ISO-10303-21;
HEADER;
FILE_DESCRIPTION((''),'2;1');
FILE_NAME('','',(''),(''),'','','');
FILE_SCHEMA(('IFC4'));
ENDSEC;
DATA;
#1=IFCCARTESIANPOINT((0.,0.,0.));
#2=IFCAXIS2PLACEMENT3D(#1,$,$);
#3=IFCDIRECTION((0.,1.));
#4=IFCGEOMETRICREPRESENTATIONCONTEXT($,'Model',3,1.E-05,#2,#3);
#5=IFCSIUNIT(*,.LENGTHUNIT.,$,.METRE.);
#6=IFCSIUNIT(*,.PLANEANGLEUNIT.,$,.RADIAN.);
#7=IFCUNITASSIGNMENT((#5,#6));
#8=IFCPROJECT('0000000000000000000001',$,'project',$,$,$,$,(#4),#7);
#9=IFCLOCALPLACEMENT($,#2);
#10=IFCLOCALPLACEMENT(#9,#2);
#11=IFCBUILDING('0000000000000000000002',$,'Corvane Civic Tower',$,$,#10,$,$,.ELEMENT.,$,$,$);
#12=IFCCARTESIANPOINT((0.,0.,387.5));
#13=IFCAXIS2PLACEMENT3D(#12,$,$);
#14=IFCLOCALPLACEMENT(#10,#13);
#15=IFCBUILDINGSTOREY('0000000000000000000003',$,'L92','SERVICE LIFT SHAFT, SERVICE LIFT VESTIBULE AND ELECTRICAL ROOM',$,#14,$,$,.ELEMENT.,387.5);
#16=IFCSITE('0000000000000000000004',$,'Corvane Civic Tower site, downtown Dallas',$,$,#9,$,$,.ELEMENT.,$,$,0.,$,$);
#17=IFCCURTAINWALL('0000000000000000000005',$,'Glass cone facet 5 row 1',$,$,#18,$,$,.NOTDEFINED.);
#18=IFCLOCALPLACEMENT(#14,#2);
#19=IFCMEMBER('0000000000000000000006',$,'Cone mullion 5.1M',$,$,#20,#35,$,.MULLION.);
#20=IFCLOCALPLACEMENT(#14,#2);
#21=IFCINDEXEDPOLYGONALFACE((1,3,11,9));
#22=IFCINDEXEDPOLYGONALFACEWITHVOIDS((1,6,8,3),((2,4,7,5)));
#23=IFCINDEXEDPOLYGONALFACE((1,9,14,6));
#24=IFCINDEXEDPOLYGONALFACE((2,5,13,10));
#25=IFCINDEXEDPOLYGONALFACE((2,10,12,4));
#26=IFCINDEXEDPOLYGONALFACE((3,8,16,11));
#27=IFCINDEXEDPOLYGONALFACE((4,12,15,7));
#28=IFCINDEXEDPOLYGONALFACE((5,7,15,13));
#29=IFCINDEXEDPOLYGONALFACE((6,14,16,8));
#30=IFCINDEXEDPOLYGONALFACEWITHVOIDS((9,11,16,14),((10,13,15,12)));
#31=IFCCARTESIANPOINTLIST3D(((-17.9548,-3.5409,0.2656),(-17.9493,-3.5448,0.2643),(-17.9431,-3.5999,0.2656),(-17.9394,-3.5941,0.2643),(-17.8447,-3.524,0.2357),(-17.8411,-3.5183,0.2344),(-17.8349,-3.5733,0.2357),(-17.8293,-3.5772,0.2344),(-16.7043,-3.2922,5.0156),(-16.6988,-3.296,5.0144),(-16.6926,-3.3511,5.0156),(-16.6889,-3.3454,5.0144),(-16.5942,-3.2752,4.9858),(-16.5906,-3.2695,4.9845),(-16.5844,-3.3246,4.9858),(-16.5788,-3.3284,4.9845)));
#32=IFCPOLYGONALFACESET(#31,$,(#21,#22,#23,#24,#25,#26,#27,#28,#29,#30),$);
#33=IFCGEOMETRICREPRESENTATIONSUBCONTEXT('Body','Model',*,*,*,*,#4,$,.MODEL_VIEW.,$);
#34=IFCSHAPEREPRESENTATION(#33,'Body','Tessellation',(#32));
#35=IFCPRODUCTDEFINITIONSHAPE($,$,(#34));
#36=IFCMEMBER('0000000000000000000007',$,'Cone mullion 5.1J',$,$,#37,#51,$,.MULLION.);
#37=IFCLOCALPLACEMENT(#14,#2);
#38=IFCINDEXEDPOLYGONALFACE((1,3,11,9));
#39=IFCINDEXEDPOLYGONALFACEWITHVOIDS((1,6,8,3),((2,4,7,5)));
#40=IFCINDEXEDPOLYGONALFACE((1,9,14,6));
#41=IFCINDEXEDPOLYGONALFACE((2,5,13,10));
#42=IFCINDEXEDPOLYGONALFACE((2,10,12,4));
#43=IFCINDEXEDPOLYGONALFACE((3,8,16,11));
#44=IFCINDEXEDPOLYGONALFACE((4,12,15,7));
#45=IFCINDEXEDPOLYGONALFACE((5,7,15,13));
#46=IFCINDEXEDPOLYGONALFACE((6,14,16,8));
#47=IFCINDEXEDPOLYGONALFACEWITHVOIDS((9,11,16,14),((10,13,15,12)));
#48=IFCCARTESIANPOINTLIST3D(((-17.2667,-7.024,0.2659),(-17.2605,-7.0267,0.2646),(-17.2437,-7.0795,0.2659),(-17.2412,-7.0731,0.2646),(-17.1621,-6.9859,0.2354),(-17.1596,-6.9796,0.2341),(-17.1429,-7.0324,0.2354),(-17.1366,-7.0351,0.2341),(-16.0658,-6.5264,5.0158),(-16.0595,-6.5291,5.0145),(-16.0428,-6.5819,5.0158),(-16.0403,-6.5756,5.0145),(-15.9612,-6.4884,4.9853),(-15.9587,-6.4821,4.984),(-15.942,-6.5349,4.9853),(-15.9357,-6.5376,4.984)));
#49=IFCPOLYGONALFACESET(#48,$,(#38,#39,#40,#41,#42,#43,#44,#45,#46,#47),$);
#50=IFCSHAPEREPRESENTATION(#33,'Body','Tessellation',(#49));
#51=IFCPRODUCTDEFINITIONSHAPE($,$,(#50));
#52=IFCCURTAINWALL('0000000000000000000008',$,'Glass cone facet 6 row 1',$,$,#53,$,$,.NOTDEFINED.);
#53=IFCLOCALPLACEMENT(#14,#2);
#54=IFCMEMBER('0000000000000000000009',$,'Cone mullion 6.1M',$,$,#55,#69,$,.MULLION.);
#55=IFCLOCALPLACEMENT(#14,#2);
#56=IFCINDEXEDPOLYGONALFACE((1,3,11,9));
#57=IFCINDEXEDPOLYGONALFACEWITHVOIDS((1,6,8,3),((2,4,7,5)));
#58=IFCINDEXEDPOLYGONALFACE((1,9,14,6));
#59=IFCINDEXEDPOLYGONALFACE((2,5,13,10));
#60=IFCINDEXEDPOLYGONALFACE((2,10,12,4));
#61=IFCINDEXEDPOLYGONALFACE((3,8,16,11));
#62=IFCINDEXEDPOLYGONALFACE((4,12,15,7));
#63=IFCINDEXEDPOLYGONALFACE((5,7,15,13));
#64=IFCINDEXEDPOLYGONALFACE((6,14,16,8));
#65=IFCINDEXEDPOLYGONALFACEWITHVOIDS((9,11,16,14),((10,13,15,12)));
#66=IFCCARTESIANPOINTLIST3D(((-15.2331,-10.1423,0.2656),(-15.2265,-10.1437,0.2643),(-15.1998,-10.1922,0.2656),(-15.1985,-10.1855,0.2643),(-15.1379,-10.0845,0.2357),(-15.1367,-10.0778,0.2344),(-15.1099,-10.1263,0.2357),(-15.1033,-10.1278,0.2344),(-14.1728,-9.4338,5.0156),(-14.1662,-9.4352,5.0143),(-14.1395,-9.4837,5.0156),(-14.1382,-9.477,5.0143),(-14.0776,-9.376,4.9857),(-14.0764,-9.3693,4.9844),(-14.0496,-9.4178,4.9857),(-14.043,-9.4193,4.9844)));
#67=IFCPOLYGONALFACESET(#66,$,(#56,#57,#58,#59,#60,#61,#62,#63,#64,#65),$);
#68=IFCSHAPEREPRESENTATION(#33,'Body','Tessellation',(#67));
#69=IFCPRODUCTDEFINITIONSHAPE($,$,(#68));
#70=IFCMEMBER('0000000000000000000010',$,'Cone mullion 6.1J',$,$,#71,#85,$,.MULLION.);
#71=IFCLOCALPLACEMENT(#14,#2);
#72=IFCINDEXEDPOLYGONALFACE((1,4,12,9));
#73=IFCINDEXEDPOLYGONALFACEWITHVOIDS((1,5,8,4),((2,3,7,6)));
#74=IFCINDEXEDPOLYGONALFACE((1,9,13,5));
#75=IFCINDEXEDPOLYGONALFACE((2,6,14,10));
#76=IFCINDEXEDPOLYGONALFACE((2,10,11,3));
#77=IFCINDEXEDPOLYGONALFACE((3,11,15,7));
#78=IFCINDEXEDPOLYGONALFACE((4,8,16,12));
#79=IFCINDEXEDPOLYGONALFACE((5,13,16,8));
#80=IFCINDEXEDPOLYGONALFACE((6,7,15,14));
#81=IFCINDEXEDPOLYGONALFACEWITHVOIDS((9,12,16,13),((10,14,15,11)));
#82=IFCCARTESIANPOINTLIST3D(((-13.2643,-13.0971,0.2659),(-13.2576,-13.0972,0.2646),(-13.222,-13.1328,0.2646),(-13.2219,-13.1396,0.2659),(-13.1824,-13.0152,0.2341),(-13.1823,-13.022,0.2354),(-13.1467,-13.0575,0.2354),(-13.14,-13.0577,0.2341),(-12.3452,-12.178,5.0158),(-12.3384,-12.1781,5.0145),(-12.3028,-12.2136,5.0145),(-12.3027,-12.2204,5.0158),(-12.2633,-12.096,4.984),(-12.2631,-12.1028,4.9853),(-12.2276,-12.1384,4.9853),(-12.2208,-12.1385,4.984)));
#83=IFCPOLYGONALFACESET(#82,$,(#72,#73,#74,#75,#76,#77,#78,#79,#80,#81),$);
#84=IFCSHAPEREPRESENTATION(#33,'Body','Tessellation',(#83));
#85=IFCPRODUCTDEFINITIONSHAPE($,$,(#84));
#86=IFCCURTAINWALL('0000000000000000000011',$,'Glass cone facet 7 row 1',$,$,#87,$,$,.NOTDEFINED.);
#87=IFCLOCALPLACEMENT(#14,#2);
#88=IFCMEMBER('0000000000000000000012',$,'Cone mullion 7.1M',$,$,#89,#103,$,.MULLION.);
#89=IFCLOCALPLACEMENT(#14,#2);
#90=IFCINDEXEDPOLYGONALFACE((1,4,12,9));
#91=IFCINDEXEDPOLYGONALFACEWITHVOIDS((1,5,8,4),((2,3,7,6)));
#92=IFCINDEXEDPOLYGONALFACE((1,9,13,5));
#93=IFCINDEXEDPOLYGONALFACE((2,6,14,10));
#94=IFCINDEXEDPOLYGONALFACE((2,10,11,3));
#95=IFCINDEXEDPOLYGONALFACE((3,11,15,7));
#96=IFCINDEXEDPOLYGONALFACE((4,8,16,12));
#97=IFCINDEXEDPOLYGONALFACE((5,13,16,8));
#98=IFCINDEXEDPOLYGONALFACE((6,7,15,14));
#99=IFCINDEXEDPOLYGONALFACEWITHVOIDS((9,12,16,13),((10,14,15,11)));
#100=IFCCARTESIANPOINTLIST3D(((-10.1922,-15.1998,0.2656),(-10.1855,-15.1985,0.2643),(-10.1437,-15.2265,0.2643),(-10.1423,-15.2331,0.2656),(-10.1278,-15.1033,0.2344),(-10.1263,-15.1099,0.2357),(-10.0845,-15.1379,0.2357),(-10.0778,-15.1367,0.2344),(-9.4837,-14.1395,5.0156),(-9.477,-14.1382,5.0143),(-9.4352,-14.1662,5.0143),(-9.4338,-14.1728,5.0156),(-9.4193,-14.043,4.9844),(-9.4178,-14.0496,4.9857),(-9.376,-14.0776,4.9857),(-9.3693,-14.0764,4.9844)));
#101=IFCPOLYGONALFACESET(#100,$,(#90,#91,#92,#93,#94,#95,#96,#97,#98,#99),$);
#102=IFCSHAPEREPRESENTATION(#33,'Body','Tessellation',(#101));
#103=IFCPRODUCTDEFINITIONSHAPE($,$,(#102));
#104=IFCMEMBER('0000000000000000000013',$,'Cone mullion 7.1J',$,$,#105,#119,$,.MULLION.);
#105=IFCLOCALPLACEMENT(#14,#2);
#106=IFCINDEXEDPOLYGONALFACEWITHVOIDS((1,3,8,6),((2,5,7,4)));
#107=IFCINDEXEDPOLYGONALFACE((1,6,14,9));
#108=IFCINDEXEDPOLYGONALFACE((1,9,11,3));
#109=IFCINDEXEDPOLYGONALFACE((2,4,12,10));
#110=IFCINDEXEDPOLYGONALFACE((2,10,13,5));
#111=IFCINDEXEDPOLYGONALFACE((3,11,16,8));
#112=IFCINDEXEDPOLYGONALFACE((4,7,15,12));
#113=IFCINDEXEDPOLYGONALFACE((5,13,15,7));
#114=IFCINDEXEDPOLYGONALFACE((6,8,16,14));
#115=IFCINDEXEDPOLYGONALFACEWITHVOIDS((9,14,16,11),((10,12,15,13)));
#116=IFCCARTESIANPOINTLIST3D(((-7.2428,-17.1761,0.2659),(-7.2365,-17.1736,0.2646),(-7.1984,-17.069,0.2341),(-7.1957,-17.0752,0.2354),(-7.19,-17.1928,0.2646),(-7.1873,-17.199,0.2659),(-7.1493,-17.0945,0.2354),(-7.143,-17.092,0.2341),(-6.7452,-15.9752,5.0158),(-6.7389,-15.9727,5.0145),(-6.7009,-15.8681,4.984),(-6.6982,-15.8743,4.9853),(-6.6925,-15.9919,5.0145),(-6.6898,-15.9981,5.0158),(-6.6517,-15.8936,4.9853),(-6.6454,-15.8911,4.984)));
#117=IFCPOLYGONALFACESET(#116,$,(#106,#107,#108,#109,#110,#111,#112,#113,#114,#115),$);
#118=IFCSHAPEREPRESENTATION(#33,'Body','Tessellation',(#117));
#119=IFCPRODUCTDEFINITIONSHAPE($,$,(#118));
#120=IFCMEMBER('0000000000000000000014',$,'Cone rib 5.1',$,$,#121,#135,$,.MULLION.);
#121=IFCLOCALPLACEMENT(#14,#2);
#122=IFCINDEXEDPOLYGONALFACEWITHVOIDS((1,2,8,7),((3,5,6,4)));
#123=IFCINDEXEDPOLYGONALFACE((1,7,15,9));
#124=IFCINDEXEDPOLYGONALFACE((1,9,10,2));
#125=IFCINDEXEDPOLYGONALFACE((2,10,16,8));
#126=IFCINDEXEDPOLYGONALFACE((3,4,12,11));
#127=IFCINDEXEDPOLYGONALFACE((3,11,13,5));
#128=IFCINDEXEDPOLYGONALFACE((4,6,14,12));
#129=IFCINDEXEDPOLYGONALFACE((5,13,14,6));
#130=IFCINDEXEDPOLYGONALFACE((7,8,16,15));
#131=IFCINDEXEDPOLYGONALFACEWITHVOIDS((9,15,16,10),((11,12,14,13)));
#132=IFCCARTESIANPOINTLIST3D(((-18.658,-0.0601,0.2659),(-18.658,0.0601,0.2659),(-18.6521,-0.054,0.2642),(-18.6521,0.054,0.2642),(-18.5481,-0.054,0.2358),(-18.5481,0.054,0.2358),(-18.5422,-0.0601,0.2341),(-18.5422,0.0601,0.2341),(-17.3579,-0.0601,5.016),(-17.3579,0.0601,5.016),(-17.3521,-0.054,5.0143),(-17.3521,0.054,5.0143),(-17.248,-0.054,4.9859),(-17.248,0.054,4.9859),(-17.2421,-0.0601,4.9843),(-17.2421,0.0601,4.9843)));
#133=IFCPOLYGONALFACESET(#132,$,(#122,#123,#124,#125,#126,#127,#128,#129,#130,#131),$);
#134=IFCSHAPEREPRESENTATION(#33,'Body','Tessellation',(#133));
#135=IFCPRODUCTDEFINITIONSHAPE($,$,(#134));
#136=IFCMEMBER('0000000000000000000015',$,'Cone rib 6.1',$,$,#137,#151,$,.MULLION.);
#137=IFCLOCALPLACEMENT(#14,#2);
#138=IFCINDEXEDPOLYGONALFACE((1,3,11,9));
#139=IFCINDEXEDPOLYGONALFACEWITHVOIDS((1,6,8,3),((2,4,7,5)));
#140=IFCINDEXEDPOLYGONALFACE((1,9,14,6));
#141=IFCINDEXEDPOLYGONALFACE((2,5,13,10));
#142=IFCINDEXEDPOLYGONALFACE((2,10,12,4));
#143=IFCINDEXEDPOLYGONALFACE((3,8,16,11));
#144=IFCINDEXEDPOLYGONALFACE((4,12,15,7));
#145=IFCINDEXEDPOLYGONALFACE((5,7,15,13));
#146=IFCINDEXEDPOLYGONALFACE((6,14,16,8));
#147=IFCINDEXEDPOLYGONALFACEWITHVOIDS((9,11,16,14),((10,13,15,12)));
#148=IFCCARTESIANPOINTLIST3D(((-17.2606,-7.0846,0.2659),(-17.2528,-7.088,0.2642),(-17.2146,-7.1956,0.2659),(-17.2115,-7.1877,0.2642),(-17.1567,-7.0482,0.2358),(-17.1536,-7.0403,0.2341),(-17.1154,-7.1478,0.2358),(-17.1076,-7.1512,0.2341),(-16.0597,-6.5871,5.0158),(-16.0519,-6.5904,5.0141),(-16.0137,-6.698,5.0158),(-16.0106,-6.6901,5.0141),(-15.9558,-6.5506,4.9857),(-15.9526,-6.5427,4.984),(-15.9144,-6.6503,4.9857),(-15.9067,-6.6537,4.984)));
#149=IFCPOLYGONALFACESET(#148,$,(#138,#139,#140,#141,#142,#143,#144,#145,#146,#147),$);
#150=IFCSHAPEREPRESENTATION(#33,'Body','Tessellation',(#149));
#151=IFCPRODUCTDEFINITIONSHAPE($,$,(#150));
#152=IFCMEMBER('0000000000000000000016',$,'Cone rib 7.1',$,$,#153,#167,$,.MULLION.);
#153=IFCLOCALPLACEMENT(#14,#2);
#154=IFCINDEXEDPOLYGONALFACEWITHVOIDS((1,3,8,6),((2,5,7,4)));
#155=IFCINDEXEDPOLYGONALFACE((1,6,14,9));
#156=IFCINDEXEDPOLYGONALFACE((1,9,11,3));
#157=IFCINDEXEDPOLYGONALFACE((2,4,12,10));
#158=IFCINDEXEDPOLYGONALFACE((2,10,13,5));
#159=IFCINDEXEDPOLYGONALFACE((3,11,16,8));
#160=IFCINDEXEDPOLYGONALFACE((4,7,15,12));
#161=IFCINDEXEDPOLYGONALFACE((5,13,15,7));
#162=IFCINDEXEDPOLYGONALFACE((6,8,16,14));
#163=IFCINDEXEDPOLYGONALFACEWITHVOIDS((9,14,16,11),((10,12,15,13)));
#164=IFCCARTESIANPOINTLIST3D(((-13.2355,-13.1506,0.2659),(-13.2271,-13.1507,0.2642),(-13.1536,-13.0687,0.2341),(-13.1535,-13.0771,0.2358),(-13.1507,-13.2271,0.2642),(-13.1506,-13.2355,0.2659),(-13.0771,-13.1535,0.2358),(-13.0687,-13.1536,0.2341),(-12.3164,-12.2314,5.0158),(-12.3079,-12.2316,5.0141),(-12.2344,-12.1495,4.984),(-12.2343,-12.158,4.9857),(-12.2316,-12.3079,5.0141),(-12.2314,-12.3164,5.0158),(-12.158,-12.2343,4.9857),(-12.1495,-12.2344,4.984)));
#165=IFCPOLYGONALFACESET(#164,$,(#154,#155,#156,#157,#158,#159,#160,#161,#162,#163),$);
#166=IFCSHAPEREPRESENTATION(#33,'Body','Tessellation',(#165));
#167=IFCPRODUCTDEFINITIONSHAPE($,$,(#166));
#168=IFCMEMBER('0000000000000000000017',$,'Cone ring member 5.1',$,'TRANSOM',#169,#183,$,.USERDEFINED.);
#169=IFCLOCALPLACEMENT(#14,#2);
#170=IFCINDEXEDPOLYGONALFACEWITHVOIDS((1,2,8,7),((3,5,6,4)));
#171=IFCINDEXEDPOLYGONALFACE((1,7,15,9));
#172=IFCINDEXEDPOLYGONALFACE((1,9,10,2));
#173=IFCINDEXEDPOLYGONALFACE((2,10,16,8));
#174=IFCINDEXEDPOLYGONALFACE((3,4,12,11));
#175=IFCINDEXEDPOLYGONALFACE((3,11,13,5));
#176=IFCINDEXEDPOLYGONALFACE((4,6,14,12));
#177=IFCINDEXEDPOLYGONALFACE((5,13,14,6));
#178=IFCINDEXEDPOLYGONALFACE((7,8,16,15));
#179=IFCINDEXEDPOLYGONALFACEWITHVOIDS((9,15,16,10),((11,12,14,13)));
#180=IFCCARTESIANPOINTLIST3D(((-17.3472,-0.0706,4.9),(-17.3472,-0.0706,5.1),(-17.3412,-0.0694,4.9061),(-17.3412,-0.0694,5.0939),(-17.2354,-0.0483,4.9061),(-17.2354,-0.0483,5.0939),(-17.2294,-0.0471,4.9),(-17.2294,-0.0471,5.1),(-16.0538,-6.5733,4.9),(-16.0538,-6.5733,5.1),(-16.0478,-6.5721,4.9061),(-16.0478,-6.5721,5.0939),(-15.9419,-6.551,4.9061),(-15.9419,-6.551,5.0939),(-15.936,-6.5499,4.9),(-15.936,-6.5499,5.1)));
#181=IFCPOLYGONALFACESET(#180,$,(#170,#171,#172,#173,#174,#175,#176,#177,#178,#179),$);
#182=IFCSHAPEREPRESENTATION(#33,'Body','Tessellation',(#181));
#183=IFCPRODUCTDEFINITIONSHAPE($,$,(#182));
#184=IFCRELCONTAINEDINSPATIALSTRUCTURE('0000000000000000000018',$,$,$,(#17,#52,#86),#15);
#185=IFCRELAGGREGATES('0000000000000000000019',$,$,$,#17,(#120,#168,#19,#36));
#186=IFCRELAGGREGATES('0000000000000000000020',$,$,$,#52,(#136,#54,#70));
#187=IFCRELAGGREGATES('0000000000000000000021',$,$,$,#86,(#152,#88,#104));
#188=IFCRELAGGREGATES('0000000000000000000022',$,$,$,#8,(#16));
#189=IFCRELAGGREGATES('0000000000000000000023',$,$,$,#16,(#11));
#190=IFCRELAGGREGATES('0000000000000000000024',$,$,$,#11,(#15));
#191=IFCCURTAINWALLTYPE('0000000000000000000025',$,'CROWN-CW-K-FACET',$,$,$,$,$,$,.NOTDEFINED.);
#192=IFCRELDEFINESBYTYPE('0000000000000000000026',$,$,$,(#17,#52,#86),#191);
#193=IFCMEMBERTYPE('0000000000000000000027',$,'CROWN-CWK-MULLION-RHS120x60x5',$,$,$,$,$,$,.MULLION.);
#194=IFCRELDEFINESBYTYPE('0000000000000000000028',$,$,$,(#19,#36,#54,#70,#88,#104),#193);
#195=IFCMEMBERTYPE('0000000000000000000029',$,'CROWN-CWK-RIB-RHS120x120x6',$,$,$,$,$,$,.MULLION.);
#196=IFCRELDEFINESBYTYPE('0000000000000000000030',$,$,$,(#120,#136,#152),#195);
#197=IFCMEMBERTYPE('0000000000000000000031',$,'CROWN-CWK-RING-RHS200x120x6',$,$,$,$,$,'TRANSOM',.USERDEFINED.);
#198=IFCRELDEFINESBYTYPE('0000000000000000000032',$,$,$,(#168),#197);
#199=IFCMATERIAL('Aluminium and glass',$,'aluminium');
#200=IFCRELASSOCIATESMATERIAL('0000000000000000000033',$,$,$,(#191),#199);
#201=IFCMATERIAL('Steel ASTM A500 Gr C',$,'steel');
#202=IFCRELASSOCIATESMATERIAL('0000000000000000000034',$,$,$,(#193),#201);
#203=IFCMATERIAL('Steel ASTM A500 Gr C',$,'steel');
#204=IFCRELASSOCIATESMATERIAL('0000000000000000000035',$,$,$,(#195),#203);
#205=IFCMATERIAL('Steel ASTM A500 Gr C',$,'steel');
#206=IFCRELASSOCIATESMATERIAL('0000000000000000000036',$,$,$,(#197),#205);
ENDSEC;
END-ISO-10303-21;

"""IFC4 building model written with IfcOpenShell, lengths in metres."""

from ifc_helpers import new_model, si_unit, direction, frame, origin, origin_2d, place, context, subcontext, project, spatial, hollow_rectangle, extrude, material, material_profile, profile_set, type_object, element, aggregate, save


model = new_model("IFC4")

# Units and contexts
model_context = context("Model", 3, precision=1e-05, world=origin(), true_north=direction((0.0, 1.0)))
body_context = subcontext(model_context, "Body", "Model", "MODEL_VIEW")
ifc_project = project(units=[si_unit("LENGTHUNIT", "METRE"), si_unit("PLANEANGLEUNIT", "RADIAN")], contexts=[model_context])

# Site, building, storey
site_placement = place(None, origin())
site = spatial("IfcSite", under=ifc_project, at=site_placement, Name="Corvane Civic Tower site, downtown Dallas", CompositionType="ELEMENT", RefElevation=0.0)
building_placement = place(site_placement, origin())
building = spatial("IfcBuilding", under=site, at=building_placement, Name="Corvane Civic Tower", CompositionType="ELEMENT")
storey_placement = place(building_placement, frame((0.0, 0.0, 387.5)))
storey = spatial("IfcBuildingStorey", under=building, at=storey_placement, Name="L92", Description="SERVICE LIFT SHAFT, SERVICE LIFT VESTIBULE AND ELECTRICAL ROOM", CompositionType="ELEMENT", Elevation=387.5)

# Curtain walls, members
ifc_material_1 = material(Name="Aluminium and glass", Category="aluminium")
curtain_wall_type = type_object("IfcCurtainWallType", Name="CROWN-CW-K-FACET", PredefinedType="NOTDEFINED", material=ifc_material_1)
curtain_wall_1_placement = place(storey_placement, origin())
curtain_wall_1 = element("IfcCurtainWall", 1, at=curtain_wall_1_placement, inside=storey, type_object=curtain_wall_type, Name="Glass cone facet 5 row 1", PredefinedType="NOTDEFINED")
ifc_material_2 = material(Name="Steel ASTM A500 Gr C", Category="steel")
ifc_material_profile_1 = material_profile(ifc_material_2, hollow_rectangle(XDim=0.0601, YDim=0.1201, WallThickness=0.0049, at=origin_2d()), Name="RHS 120x60x5")
ifc_profile_set_1 = profile_set([ifc_material_profile_1], Name="Steel ASTM A500 Gr C")
member_type_1 = type_object("IfcMemberType", Name="CROWN-CWK-MULLION-RHS120x60x5", PredefinedType="MULLION", material=ifc_profile_set_1)
member_1_placement = place(storey_placement, frame((-17.8921, -3.5591, 0.25), z_axis=(0.25426, 0.050584, 0.965812), x_axis=(-0.195122, 0.980779, 0.0)))
member_1 = element("IfcMember", 2, at=member_1_placement, type_object=member_type_1, Name="Cone mullion 5.1M", PredefinedType="MULLION", context=body_context, shape_type="SweptSolid", body=[
    extrude(hollow_rectangle(XDim=0.0601, YDim=0.1201, WallThickness=0.0049, at=origin_2d()), origin(), (0.0, 0.0, 1.0), 4.9182),
])
member_2_placement = place(storey_placement, frame((-17.2017, -7.0295, 0.25), z_axis=(0.24386, 0.101034, 0.964533), x_axis=(-0.382761, 0.923847, 0.0)))
member_2 = element("IfcMember", 3, at=member_2_placement, type_object=member_type_1, Name="Cone mullion 5.1J", PredefinedType="MULLION", context=body_context, shape_type="SweptSolid", body=[
    extrude(hollow_rectangle(XDim=0.0601, YDim=0.1201, WallThickness=0.0049, at=origin_2d()), origin(), (0.0, 0.0, 1.0), 4.9246),
])
curtain_wall_2_placement = place(storey_placement, origin())
curtain_wall_2 = element("IfcCurtainWall", 4, at=curtain_wall_2_placement, inside=storey, type_object=curtain_wall_type, Name="Glass cone facet 6 row 1", PredefinedType="NOTDEFINED")
member_3_placement = place(storey_placement, frame((-15.1682, -10.135, 0.25), z_axis=(0.215587, 0.144056, 0.9658), x_axis=(-0.555583, 0.831461, 0.0)))
member_3 = element("IfcMember", 5, at=member_3_placement, type_object=member_type_1, Name="Cone mullion 6.1M", PredefinedType="MULLION", context=body_context, shape_type="SweptSolid", body=[
    extrude(hollow_rectangle(XDim=0.0601, YDim=0.1201, WallThickness=0.0049, at=origin_2d()), origin(), (0.0, 0.0, 1.0), 4.9182),
])
member_4_placement = place(storey_placement, frame((-13.2021, -13.0774, 0.25), z_axis=(0.18665, 0.18665, 0.964533), x_axis=(-0.707107, 0.707107, 0.0)))
member_4 = element("IfcMember", 6, at=member_4_placement, type_object=member_type_1, Name="Cone mullion 6.1J", PredefinedType="MULLION", context=body_context, shape_type="SweptSolid", body=[
    extrude(hollow_rectangle(XDim=0.0601, YDim=0.1201, WallThickness=0.0049, at=origin_2d()), origin(), (0.0, 0.0, 1.0), 4.9246),
])
curtain_wall_3_placement = place(storey_placement, origin())
curtain_wall_3 = element("IfcCurtainWall", 7, at=curtain_wall_3_placement, inside=storey, type_object=curtain_wall_type, Name="Glass cone facet 7 row 1", PredefinedType="NOTDEFINED")
member_5_placement = place(storey_placement, frame((-10.135, -15.1682, 0.25), z_axis=(0.144056, 0.215587, 0.9658), x_axis=(-0.831461, 0.555583, 0.0)))
member_5 = element("IfcMember", 8, at=member_5_placement, type_object=member_type_1, Name="Cone mullion 7.1M", PredefinedType="MULLION", context=body_context, shape_type="SweptSolid", body=[
    extrude(hollow_rectangle(XDim=0.0601, YDim=0.1201, WallThickness=0.0049, at=origin_2d()), origin(), (0.0, 0.0, 1.0), 4.9182),
])
member_6_placement = place(storey_placement, frame((-7.1929, -17.134, 0.25), z_axis=(0.101034, 0.24386, 0.964533), x_axis=(-0.923847, 0.382761, 0.0)))
member_6 = element("IfcMember", 9, at=member_6_placement, type_object=member_type_1, Name="Cone mullion 7.1J", PredefinedType="MULLION", context=body_context, shape_type="SweptSolid", body=[
    extrude(hollow_rectangle(XDim=0.0601, YDim=0.1201, WallThickness=0.0049, at=origin_2d()), origin(), (0.0, 0.0, 1.0), 4.9246),
])

# Members
ifc_material_3 = material(Name="Steel ASTM A500 Gr C", Category="steel")
ifc_material_profile_2 = material_profile(ifc_material_3, hollow_rectangle(XDim=0.1201, YDim=0.1201, WallThickness=0.0061, at=origin_2d()), Name="RHS 120x120x6")
ifc_profile_set_2 = profile_set([ifc_material_profile_2], Name="Steel ASTM A500 Gr C")
member_type_2 = type_object("IfcMemberType", Name="CROWN-CWK-RIB-RHS120x120x6", PredefinedType="MULLION", material=ifc_profile_set_2)
member_7_placement = place(storey_placement, frame((-18.6001, 0.0, 0.25), z_axis=(0.263986, 0.0, 0.964527), x_axis=(0.0, 1.0, 0.0)))
member_7 = element("IfcMember", 10, at=member_7_placement, type_object=member_type_2, Name="Cone rib 5.1", PredefinedType="MULLION", context=body_context, shape_type="SweptSolid", body=[
    extrude(hollow_rectangle(XDim=0.1201, YDim=0.1201, WallThickness=0.0061, at=origin_2d()), origin(), (0.0, 0.0, 1.0), 4.9248),
])
member_8_placement = place(storey_placement, frame((-17.1841, -7.1179, 0.25), z_axis=(0.24386, 0.101034, 0.964533), x_axis=(-0.382761, 0.923847, 0.0)))
member_8 = element("IfcMember", 11, at=member_8_placement, type_object=member_type_2, Name="Cone rib 6.1", PredefinedType="MULLION", context=body_context, shape_type="SweptSolid", body=[
    extrude(hollow_rectangle(XDim=0.1201, YDim=0.1201, WallThickness=0.0061, at=origin_2d()), origin(), (0.0, 0.0, 1.0), 4.9246),
])
member_9_placement = place(storey_placement, frame((-13.1521, -13.1521, 0.25), z_axis=(0.18665, 0.18665, 0.964533), x_axis=(-0.707107, 0.707107, 0.0)))
member_9 = element("IfcMember", 12, at=member_9_placement, type_object=member_type_2, Name="Cone rib 7.1", PredefinedType="MULLION", context=body_context, shape_type="SweptSolid", body=[
    extrude(hollow_rectangle(XDim=0.1201, YDim=0.1201, WallThickness=0.0061, at=origin_2d()), origin(), (0.0, 0.0, 1.0), 4.9246),
])
ifc_material_4 = material(Name="Steel ASTM A500 Gr C", Category="steel")
ifc_material_profile_3 = material_profile(ifc_material_4, hollow_rectangle(XDim=0.1201, YDim=0.2, WallThickness=0.0061, at=origin_2d()), Name="RHS 200x120x6")
ifc_profile_set_3 = profile_set([ifc_material_profile_3], Name="Steel ASTM A500 Gr C")
member_type_3 = type_object("IfcMemberType", Name="CROWN-CWK-RING-RHS200x120x6", ElementType="TRANSOM", PredefinedType="USERDEFINED", material=ifc_profile_set_3)
member_10_placement = place(storey_placement, frame((-17.2883, -0.0588, 5.0), z_axis=(0.195089, -0.980785, 0.0), x_axis=(0.980785, 0.195089, 0.0)))
member_10 = element("IfcMember", 13, at=member_10_placement, type_object=member_type_3, Name="Cone ring member 5.1", ObjectType="TRANSOM", PredefinedType="USERDEFINED", context=body_context, shape_type="SweptSolid", body=[
    extrude(hollow_rectangle(XDim=0.1201, YDim=0.2, WallThickness=0.0061, at=origin_2d()), origin(), (0.0, 0.0, 1.0), 6.6301),
])

aggregate(curtain_wall_1, [member_7, member_10, member_1, member_2])
aggregate(curtain_wall_2, [member_8, member_3, member_4])
aggregate(curtain_wall_3, [member_9, member_5, member_6])

save(model, "model.ifc")
